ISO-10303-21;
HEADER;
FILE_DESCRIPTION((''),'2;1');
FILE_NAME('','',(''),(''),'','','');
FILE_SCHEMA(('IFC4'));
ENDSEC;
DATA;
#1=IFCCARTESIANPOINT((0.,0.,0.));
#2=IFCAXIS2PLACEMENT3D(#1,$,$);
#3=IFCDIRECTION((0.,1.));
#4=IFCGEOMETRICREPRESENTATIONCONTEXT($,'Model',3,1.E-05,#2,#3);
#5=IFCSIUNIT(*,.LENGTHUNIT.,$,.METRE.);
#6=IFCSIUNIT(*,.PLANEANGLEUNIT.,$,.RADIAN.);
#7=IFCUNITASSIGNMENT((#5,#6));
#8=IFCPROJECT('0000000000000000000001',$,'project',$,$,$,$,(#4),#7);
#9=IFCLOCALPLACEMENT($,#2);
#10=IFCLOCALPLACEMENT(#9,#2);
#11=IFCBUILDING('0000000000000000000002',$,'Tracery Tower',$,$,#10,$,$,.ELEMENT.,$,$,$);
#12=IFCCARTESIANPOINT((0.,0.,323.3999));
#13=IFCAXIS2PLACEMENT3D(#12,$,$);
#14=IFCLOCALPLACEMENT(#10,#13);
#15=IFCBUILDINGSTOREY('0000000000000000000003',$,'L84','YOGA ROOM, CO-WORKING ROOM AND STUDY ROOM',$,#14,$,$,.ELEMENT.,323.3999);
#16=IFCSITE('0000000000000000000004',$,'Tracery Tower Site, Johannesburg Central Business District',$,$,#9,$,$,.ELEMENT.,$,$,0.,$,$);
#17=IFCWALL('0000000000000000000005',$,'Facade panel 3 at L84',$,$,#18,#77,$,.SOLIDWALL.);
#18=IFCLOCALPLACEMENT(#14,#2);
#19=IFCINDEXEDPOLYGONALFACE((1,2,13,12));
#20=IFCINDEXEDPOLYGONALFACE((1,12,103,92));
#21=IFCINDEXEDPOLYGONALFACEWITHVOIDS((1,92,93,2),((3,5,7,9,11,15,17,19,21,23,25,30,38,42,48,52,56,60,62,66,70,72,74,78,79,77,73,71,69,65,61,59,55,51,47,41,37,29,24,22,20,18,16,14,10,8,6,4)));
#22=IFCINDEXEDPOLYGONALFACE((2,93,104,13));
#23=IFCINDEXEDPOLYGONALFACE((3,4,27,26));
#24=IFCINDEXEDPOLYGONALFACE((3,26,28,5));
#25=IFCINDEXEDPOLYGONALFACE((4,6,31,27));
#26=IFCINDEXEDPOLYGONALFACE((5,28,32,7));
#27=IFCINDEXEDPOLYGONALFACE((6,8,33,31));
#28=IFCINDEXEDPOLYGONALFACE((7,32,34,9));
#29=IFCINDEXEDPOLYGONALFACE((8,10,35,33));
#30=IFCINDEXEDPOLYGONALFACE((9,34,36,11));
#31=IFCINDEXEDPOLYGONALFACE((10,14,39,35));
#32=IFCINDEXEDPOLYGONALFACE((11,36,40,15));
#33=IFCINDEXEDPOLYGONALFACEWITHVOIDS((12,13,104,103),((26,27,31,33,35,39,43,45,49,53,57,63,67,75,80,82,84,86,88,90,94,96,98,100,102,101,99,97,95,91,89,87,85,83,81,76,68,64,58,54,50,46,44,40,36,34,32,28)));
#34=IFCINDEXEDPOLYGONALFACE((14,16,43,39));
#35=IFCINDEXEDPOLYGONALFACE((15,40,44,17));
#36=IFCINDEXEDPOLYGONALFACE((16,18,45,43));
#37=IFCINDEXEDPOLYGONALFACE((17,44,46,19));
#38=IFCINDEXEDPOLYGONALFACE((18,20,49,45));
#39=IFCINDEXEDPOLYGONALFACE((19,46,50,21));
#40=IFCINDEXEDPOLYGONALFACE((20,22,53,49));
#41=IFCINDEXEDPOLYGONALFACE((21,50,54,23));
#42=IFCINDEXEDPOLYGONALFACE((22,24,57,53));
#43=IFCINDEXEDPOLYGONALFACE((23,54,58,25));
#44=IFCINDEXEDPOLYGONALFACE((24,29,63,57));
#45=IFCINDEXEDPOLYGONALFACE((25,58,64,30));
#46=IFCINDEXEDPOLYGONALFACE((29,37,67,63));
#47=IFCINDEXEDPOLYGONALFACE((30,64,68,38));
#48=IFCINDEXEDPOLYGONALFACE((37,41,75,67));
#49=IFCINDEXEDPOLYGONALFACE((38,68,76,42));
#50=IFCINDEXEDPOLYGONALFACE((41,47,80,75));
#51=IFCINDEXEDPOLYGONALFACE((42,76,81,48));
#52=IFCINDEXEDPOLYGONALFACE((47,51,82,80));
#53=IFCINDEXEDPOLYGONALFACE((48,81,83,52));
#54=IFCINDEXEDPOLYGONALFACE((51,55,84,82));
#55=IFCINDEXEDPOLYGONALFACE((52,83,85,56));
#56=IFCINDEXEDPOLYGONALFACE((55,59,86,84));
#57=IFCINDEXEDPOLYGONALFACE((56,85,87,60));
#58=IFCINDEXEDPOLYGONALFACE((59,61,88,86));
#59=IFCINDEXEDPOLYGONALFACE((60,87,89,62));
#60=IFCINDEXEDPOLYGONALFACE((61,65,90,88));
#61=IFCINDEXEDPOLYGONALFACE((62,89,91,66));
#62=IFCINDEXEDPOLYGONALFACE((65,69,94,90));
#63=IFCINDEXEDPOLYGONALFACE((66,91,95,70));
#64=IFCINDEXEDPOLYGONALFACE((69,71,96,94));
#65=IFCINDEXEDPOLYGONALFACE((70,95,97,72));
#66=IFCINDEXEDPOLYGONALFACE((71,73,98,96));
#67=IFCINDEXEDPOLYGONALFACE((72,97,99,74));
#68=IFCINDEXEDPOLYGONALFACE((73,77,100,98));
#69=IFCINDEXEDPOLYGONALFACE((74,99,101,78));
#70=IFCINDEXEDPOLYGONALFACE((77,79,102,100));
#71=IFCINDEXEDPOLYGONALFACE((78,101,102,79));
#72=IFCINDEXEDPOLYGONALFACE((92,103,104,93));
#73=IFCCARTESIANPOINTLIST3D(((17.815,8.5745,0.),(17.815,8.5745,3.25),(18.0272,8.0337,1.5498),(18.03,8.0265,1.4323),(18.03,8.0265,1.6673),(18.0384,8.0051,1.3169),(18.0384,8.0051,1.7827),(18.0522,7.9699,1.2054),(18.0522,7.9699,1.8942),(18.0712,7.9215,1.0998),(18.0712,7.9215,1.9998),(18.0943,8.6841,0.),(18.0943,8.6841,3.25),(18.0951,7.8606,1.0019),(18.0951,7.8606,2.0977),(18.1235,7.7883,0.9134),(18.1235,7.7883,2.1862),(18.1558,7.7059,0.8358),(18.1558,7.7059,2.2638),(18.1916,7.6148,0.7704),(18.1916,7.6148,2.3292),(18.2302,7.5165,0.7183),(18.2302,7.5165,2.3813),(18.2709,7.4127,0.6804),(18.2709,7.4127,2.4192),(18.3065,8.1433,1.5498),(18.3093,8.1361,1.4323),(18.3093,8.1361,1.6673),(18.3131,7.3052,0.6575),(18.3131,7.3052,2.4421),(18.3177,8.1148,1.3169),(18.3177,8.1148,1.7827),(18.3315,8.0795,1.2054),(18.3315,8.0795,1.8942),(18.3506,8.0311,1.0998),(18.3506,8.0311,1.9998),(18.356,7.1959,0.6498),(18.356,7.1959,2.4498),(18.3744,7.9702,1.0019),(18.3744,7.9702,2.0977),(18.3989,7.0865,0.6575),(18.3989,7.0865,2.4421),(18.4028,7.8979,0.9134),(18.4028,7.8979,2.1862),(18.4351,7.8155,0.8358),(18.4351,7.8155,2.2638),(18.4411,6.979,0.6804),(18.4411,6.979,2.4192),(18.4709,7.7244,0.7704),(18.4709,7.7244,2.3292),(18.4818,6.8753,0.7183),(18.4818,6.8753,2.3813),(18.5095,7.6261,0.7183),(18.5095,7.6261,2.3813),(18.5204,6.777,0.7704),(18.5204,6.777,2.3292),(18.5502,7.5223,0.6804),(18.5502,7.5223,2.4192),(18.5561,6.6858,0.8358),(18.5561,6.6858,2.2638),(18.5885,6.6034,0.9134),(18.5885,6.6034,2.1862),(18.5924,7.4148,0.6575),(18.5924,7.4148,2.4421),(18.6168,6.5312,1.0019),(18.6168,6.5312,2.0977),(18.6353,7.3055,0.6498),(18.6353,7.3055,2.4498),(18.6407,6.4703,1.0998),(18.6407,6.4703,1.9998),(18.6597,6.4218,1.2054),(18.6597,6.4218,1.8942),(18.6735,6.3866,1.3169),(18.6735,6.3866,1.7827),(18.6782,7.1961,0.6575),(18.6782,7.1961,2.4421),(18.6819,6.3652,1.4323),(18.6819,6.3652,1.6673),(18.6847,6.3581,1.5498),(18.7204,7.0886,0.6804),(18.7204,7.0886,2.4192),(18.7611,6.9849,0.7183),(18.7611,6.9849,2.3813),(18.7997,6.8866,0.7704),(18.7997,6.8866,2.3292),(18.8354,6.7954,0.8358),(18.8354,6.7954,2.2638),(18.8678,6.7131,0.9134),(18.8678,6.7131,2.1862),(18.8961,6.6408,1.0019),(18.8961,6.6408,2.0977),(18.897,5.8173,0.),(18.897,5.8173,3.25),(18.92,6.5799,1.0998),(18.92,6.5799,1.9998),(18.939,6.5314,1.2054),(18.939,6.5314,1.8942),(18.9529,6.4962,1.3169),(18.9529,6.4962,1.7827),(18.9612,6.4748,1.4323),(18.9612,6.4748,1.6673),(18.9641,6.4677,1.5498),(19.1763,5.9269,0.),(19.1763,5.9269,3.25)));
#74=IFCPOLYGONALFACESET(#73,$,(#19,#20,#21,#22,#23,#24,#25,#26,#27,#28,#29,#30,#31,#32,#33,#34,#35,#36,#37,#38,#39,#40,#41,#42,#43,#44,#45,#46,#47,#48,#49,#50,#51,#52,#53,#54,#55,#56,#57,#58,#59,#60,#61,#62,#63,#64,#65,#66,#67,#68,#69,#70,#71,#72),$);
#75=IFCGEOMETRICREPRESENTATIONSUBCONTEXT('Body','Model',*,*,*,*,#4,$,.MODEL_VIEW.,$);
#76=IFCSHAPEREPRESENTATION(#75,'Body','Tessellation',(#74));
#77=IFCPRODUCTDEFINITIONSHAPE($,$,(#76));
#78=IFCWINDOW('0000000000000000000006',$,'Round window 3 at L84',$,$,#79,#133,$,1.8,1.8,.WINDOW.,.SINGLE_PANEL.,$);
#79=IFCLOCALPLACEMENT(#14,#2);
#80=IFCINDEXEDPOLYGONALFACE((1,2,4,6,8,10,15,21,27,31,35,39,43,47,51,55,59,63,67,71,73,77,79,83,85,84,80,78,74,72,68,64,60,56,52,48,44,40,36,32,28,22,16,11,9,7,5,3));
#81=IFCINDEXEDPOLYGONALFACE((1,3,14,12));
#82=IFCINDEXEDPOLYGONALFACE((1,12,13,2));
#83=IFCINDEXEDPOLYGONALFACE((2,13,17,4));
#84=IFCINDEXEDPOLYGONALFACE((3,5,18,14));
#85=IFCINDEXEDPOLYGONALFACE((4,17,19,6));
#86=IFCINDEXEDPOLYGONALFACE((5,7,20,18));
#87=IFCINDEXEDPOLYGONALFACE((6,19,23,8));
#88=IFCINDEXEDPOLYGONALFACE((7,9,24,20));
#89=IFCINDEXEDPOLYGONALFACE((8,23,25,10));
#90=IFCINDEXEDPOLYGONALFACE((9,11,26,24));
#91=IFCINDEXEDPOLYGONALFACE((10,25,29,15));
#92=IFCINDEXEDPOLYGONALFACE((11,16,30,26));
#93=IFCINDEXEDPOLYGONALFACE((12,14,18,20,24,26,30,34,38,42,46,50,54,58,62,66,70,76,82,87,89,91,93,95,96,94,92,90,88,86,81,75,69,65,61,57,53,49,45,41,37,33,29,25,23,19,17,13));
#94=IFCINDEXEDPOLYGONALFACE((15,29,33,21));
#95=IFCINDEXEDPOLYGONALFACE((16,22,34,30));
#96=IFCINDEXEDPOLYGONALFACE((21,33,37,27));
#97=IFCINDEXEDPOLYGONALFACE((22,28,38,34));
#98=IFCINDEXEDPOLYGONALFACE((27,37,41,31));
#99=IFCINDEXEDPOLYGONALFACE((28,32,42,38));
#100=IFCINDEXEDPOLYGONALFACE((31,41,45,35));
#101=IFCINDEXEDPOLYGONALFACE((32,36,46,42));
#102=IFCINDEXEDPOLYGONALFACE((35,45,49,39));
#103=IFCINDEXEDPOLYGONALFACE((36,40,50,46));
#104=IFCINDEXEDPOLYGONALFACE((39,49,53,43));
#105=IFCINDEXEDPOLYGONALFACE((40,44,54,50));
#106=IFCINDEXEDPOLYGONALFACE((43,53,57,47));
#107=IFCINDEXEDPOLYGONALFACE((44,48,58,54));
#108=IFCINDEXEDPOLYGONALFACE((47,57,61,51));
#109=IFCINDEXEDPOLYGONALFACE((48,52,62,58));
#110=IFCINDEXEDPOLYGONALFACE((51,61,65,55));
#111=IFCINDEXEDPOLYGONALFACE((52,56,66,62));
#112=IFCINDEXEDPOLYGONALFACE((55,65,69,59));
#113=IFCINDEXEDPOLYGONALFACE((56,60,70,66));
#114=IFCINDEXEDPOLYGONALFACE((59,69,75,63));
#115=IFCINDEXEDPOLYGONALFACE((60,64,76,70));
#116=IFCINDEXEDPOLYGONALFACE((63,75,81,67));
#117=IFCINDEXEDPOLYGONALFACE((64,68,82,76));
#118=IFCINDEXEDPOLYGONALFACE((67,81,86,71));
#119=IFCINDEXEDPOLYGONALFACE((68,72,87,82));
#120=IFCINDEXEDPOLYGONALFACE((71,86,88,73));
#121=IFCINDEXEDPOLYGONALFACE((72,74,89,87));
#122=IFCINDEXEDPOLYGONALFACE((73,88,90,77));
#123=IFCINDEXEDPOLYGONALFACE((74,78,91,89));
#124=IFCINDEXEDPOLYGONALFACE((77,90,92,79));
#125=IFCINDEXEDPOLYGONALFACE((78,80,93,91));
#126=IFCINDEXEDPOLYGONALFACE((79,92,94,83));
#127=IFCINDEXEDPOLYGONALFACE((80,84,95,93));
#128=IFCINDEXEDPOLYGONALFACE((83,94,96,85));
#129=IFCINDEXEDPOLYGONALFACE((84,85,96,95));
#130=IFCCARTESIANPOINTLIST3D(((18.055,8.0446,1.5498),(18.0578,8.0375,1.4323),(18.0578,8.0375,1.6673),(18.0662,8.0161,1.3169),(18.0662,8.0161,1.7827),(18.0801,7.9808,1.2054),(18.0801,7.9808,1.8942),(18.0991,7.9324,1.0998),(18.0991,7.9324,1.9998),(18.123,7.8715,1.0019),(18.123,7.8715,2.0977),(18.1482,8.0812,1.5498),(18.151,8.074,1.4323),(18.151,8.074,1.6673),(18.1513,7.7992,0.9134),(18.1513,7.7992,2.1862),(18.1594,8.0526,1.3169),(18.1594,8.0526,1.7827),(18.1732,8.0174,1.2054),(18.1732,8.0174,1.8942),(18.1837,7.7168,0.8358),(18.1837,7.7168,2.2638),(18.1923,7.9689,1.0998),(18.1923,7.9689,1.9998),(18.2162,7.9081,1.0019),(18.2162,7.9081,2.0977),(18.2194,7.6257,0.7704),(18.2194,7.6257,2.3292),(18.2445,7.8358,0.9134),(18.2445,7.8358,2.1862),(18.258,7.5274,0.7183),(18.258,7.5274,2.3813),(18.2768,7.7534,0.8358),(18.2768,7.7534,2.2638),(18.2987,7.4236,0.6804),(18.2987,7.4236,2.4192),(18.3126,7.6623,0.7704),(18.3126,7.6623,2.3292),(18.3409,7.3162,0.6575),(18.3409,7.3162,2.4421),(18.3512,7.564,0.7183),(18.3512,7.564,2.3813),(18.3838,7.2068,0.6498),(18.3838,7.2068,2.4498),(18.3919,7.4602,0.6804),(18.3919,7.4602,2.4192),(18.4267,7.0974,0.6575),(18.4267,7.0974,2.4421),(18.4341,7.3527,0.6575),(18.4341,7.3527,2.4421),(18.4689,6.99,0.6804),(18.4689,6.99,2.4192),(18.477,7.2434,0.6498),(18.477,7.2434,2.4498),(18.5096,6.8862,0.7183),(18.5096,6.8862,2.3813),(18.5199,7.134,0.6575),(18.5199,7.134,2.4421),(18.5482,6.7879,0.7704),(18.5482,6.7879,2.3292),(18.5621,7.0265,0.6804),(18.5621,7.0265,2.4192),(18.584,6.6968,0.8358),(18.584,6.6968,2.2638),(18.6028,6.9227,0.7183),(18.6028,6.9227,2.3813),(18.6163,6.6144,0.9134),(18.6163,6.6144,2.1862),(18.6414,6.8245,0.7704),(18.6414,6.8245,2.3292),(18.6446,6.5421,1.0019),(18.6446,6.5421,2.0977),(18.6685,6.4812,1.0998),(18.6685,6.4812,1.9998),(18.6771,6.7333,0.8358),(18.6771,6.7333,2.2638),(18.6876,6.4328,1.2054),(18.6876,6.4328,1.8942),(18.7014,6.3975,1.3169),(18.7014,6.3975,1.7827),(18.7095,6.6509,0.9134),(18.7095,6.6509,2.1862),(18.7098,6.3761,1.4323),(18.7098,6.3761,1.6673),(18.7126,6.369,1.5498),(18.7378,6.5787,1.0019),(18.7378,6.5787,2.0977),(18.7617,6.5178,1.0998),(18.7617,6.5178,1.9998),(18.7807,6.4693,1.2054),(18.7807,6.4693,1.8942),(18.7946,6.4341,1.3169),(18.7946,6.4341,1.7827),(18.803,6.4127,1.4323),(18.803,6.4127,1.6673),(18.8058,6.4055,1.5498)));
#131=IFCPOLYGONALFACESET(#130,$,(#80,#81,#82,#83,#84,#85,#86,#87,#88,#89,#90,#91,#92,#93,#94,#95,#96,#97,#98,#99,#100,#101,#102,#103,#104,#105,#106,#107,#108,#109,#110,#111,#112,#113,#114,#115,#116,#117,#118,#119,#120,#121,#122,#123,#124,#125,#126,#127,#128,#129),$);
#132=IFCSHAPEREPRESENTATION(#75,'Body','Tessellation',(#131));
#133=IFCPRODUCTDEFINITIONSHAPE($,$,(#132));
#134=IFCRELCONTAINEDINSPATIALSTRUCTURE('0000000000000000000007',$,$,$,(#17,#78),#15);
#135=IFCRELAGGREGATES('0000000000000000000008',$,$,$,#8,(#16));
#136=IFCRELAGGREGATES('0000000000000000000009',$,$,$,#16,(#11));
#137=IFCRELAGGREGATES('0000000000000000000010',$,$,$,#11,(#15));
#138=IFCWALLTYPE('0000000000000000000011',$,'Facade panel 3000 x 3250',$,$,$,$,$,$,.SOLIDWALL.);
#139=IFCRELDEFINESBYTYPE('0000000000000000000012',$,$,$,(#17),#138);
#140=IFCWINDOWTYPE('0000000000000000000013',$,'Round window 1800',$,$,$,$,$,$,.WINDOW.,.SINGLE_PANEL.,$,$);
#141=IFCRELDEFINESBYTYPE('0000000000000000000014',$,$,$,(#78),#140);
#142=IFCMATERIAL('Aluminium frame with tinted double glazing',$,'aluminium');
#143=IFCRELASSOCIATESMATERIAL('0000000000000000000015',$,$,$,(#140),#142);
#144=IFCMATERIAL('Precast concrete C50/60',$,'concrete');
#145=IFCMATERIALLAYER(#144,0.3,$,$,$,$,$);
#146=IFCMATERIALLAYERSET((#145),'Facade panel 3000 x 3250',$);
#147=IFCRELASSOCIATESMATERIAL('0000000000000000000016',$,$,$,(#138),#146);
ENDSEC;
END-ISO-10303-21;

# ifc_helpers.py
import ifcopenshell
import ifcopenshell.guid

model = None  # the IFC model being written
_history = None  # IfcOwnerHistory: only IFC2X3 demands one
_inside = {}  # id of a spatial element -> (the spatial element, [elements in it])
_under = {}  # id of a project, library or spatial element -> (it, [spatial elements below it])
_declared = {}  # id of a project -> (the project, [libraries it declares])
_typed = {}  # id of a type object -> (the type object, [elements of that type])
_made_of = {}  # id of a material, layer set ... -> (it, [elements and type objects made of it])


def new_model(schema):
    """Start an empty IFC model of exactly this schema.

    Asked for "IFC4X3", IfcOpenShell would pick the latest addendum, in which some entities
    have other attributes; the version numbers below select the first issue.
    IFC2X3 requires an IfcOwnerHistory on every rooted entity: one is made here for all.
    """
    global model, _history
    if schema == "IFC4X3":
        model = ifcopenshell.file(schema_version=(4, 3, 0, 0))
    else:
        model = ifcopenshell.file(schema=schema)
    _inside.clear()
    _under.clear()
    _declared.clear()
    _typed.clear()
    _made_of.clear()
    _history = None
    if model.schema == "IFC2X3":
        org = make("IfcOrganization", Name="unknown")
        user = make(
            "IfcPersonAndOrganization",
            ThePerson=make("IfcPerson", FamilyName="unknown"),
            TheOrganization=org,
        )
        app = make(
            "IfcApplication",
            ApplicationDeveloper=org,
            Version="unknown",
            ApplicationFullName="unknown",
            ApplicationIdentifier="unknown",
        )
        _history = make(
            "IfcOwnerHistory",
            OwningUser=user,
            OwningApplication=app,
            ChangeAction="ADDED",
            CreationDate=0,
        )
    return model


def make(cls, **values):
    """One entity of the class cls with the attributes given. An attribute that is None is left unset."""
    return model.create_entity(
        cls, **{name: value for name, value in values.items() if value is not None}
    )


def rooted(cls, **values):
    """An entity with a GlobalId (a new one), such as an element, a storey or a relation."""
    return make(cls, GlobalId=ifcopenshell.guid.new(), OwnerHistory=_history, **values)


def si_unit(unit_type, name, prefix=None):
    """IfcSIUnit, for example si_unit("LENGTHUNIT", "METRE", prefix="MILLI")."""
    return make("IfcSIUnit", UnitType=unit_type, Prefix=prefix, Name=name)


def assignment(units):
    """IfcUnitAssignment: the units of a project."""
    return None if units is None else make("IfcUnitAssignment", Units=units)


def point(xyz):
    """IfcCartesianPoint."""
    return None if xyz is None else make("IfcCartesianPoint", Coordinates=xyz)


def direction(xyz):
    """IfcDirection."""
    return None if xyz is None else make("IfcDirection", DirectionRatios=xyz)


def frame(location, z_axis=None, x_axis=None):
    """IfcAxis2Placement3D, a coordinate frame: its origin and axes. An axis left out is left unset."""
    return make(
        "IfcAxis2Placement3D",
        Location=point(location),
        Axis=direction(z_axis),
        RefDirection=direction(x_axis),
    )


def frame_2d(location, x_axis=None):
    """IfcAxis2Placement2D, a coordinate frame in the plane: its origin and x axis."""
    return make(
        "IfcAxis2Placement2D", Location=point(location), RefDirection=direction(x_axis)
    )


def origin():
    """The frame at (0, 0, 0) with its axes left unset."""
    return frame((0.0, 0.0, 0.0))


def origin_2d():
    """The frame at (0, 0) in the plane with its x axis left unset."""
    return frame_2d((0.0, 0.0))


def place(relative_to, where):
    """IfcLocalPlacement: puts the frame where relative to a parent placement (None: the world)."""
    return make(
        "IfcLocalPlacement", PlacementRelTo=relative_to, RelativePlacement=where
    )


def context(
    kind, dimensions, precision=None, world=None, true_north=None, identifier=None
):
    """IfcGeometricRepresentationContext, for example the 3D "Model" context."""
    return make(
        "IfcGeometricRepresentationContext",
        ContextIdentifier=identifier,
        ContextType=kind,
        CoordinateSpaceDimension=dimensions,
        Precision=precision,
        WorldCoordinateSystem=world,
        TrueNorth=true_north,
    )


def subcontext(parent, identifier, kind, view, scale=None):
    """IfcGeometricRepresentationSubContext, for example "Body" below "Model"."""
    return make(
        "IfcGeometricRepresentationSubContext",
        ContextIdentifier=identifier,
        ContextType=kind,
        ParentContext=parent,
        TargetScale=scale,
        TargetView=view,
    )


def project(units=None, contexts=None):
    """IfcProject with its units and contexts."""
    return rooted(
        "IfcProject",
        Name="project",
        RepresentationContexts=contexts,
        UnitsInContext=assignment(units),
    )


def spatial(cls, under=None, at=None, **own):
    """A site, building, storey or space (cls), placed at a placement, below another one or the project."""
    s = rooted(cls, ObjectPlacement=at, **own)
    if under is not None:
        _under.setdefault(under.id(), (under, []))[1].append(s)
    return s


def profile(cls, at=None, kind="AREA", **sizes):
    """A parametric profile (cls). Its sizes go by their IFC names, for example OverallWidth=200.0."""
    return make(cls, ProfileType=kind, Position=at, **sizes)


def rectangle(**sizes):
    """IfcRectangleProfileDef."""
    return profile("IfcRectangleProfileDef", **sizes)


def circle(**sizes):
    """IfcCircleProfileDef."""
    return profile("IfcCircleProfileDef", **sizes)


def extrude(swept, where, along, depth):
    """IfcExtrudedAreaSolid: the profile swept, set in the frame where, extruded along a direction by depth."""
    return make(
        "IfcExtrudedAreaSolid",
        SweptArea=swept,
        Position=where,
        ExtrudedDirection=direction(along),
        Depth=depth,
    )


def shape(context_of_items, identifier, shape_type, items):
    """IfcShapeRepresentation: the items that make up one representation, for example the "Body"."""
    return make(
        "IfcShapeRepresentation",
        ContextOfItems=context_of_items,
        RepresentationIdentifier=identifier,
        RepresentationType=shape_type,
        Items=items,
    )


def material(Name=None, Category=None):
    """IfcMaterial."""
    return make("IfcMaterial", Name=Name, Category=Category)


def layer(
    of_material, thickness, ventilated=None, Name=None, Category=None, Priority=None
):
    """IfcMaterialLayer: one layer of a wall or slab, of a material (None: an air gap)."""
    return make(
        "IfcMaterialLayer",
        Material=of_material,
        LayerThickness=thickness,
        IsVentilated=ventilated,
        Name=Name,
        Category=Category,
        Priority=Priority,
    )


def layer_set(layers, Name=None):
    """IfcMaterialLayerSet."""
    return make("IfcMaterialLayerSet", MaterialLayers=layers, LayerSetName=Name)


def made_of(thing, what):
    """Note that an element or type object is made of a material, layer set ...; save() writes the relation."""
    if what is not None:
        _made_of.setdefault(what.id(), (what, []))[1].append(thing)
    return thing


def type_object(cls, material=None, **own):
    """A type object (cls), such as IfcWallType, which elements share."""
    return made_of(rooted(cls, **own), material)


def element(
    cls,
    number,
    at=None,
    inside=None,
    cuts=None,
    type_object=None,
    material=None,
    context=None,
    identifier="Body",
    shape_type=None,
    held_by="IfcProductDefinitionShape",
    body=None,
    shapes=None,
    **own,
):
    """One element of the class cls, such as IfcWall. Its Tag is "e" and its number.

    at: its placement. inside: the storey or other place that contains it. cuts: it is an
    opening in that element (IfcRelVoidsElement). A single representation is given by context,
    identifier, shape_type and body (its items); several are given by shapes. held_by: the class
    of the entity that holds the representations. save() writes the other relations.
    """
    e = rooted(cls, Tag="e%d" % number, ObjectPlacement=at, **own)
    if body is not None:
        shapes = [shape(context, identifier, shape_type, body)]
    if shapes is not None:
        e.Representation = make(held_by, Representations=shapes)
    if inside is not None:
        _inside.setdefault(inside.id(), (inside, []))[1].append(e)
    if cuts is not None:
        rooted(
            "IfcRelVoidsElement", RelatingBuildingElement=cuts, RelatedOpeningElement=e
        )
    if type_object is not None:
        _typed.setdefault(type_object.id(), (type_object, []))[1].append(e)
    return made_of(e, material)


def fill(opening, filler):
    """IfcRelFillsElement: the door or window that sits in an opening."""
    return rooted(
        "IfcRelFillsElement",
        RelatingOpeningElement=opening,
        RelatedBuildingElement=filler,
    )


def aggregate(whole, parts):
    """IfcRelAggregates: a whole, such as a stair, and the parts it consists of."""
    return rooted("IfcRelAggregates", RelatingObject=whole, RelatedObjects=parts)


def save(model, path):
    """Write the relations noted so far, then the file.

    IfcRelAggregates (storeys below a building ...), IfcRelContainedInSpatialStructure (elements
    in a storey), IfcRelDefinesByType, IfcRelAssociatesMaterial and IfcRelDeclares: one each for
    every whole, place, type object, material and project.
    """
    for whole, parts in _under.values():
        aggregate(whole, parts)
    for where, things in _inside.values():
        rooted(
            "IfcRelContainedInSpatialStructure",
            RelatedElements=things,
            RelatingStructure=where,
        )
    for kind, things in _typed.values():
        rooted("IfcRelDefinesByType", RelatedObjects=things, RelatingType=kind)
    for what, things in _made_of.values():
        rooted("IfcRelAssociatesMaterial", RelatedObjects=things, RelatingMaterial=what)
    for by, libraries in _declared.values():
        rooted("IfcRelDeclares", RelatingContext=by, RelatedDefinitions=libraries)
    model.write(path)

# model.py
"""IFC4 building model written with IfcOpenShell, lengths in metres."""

from ifc_helpers import new_model, si_unit, direction, frame, frame_2d, origin, origin_2d, place, context, subcontext, project, spatial, rectangle, circle, extrude, material, layer, layer_set, type_object, element, fill, save


model = new_model("IFC4")

# Units and contexts
model_context = context("Model", 3, precision=1e-05, world=origin(), true_north=direction((0.0, 1.0)))
body_context = subcontext(model_context, "Body", "Model", "MODEL_VIEW")
ifc_project = project(units=[si_unit("LENGTHUNIT", "METRE"), si_unit("PLANEANGLEUNIT", "RADIAN")], contexts=[model_context])

# Site, building, storey
site_placement = place(None, origin())
site = spatial("IfcSite", under=ifc_project, at=site_placement, Name="Tracery Tower Site, Johannesburg Central Business District", CompositionType="ELEMENT", RefElevation=0.0)
building_placement = place(site_placement, origin())
building = spatial("IfcBuilding", under=site, at=building_placement, Name="Tracery Tower", CompositionType="ELEMENT")
storey_placement = place(building_placement, frame((0.0, 0.0, 323.3999)))
storey = spatial("IfcBuildingStorey", under=building, at=storey_placement, Name="L84", Description="YOGA ROOM, CO-WORKING ROOM AND STUDY ROOM", CompositionType="ELEMENT", Elevation=323.3999)

# Wall, opening, window
ifc_material_1 = material(Name="Aluminium frame with tinted double glazing", Category="aluminium")
window_type = type_object("IfcWindowType", Name="Round window 1800", PartitioningType="SINGLE_PANEL", PredefinedType="WINDOW", material=ifc_material_1)
ifc_material_2 = material(Name="Precast concrete C50/60", Category="concrete")
ifc_layer_1 = layer(ifc_material_2, 0.3)
ifc_layer_set_1 = layer_set([ifc_layer_1], Name="Facade panel 3000 x 3250")
wall_type_1 = type_object("IfcWallType", Name="Facade panel 3000 x 3250", PredefinedType="SOLIDWALL", material=ifc_layer_set_1)
wall_1_placement = place(storey_placement, frame((19.0366, 5.8721, 0.0), z_axis=(0.0, 0.0, 1.0), x_axis=(-0.3653, 0.93089, 0.0)))
wall_1 = element("IfcWall", 1, at=wall_1_placement, inside=storey, type_object=wall_type_1, Name="Facade panel 3 at L84", PredefinedType="SOLIDWALL", context=body_context, shape_type="SweptSolid", body=[
    extrude(rectangle(XDim=2.9619, YDim=0.3, at=frame_2d((1.481, 0.0))), origin(), (0.0, 0.0, 1.0), 3.25),
])
opening_1_placement = place(wall_1_placement, frame((1.481, 0.0, 1.5498)))
opening_1 = element("IfcOpeningElement", 2, at=opening_1_placement, cuts=wall_1, PredefinedType="OPENING", context=body_context, shape_type="SweptSolid", body=[
    extrude(circle(Radius=0.9, at=origin_2d()), frame((0.0, 0.1599, 0.0), z_axis=(0.0, -1.0, 0.0), x_axis=(1.0, 0.0, 0.0)), (0.0, 0.0, 1.0), 0.3201),
])
window_1_placement = place(opening_1_placement, origin())
window_1 = element("IfcWindow", 3, at=window_1_placement, inside=storey, type_object=window_type, Name="Round window 3 at L84", OverallHeight=1.8, OverallWidth=1.8, PartitioningType="SINGLE_PANEL", PredefinedType="WINDOW", context=body_context, shape_type="SweptSolid", body=[
    extrude(circle(Radius=0.9, at=origin_2d()), frame((0.0, 0.1201, 0.0), z_axis=(0.0, -1.0, 0.0), x_axis=(1.0, 0.0, 0.0)), (0.0, 0.0, 1.0), 0.1001),
])
fill(opening_1, window_1)

save(model, "model.ifc")
